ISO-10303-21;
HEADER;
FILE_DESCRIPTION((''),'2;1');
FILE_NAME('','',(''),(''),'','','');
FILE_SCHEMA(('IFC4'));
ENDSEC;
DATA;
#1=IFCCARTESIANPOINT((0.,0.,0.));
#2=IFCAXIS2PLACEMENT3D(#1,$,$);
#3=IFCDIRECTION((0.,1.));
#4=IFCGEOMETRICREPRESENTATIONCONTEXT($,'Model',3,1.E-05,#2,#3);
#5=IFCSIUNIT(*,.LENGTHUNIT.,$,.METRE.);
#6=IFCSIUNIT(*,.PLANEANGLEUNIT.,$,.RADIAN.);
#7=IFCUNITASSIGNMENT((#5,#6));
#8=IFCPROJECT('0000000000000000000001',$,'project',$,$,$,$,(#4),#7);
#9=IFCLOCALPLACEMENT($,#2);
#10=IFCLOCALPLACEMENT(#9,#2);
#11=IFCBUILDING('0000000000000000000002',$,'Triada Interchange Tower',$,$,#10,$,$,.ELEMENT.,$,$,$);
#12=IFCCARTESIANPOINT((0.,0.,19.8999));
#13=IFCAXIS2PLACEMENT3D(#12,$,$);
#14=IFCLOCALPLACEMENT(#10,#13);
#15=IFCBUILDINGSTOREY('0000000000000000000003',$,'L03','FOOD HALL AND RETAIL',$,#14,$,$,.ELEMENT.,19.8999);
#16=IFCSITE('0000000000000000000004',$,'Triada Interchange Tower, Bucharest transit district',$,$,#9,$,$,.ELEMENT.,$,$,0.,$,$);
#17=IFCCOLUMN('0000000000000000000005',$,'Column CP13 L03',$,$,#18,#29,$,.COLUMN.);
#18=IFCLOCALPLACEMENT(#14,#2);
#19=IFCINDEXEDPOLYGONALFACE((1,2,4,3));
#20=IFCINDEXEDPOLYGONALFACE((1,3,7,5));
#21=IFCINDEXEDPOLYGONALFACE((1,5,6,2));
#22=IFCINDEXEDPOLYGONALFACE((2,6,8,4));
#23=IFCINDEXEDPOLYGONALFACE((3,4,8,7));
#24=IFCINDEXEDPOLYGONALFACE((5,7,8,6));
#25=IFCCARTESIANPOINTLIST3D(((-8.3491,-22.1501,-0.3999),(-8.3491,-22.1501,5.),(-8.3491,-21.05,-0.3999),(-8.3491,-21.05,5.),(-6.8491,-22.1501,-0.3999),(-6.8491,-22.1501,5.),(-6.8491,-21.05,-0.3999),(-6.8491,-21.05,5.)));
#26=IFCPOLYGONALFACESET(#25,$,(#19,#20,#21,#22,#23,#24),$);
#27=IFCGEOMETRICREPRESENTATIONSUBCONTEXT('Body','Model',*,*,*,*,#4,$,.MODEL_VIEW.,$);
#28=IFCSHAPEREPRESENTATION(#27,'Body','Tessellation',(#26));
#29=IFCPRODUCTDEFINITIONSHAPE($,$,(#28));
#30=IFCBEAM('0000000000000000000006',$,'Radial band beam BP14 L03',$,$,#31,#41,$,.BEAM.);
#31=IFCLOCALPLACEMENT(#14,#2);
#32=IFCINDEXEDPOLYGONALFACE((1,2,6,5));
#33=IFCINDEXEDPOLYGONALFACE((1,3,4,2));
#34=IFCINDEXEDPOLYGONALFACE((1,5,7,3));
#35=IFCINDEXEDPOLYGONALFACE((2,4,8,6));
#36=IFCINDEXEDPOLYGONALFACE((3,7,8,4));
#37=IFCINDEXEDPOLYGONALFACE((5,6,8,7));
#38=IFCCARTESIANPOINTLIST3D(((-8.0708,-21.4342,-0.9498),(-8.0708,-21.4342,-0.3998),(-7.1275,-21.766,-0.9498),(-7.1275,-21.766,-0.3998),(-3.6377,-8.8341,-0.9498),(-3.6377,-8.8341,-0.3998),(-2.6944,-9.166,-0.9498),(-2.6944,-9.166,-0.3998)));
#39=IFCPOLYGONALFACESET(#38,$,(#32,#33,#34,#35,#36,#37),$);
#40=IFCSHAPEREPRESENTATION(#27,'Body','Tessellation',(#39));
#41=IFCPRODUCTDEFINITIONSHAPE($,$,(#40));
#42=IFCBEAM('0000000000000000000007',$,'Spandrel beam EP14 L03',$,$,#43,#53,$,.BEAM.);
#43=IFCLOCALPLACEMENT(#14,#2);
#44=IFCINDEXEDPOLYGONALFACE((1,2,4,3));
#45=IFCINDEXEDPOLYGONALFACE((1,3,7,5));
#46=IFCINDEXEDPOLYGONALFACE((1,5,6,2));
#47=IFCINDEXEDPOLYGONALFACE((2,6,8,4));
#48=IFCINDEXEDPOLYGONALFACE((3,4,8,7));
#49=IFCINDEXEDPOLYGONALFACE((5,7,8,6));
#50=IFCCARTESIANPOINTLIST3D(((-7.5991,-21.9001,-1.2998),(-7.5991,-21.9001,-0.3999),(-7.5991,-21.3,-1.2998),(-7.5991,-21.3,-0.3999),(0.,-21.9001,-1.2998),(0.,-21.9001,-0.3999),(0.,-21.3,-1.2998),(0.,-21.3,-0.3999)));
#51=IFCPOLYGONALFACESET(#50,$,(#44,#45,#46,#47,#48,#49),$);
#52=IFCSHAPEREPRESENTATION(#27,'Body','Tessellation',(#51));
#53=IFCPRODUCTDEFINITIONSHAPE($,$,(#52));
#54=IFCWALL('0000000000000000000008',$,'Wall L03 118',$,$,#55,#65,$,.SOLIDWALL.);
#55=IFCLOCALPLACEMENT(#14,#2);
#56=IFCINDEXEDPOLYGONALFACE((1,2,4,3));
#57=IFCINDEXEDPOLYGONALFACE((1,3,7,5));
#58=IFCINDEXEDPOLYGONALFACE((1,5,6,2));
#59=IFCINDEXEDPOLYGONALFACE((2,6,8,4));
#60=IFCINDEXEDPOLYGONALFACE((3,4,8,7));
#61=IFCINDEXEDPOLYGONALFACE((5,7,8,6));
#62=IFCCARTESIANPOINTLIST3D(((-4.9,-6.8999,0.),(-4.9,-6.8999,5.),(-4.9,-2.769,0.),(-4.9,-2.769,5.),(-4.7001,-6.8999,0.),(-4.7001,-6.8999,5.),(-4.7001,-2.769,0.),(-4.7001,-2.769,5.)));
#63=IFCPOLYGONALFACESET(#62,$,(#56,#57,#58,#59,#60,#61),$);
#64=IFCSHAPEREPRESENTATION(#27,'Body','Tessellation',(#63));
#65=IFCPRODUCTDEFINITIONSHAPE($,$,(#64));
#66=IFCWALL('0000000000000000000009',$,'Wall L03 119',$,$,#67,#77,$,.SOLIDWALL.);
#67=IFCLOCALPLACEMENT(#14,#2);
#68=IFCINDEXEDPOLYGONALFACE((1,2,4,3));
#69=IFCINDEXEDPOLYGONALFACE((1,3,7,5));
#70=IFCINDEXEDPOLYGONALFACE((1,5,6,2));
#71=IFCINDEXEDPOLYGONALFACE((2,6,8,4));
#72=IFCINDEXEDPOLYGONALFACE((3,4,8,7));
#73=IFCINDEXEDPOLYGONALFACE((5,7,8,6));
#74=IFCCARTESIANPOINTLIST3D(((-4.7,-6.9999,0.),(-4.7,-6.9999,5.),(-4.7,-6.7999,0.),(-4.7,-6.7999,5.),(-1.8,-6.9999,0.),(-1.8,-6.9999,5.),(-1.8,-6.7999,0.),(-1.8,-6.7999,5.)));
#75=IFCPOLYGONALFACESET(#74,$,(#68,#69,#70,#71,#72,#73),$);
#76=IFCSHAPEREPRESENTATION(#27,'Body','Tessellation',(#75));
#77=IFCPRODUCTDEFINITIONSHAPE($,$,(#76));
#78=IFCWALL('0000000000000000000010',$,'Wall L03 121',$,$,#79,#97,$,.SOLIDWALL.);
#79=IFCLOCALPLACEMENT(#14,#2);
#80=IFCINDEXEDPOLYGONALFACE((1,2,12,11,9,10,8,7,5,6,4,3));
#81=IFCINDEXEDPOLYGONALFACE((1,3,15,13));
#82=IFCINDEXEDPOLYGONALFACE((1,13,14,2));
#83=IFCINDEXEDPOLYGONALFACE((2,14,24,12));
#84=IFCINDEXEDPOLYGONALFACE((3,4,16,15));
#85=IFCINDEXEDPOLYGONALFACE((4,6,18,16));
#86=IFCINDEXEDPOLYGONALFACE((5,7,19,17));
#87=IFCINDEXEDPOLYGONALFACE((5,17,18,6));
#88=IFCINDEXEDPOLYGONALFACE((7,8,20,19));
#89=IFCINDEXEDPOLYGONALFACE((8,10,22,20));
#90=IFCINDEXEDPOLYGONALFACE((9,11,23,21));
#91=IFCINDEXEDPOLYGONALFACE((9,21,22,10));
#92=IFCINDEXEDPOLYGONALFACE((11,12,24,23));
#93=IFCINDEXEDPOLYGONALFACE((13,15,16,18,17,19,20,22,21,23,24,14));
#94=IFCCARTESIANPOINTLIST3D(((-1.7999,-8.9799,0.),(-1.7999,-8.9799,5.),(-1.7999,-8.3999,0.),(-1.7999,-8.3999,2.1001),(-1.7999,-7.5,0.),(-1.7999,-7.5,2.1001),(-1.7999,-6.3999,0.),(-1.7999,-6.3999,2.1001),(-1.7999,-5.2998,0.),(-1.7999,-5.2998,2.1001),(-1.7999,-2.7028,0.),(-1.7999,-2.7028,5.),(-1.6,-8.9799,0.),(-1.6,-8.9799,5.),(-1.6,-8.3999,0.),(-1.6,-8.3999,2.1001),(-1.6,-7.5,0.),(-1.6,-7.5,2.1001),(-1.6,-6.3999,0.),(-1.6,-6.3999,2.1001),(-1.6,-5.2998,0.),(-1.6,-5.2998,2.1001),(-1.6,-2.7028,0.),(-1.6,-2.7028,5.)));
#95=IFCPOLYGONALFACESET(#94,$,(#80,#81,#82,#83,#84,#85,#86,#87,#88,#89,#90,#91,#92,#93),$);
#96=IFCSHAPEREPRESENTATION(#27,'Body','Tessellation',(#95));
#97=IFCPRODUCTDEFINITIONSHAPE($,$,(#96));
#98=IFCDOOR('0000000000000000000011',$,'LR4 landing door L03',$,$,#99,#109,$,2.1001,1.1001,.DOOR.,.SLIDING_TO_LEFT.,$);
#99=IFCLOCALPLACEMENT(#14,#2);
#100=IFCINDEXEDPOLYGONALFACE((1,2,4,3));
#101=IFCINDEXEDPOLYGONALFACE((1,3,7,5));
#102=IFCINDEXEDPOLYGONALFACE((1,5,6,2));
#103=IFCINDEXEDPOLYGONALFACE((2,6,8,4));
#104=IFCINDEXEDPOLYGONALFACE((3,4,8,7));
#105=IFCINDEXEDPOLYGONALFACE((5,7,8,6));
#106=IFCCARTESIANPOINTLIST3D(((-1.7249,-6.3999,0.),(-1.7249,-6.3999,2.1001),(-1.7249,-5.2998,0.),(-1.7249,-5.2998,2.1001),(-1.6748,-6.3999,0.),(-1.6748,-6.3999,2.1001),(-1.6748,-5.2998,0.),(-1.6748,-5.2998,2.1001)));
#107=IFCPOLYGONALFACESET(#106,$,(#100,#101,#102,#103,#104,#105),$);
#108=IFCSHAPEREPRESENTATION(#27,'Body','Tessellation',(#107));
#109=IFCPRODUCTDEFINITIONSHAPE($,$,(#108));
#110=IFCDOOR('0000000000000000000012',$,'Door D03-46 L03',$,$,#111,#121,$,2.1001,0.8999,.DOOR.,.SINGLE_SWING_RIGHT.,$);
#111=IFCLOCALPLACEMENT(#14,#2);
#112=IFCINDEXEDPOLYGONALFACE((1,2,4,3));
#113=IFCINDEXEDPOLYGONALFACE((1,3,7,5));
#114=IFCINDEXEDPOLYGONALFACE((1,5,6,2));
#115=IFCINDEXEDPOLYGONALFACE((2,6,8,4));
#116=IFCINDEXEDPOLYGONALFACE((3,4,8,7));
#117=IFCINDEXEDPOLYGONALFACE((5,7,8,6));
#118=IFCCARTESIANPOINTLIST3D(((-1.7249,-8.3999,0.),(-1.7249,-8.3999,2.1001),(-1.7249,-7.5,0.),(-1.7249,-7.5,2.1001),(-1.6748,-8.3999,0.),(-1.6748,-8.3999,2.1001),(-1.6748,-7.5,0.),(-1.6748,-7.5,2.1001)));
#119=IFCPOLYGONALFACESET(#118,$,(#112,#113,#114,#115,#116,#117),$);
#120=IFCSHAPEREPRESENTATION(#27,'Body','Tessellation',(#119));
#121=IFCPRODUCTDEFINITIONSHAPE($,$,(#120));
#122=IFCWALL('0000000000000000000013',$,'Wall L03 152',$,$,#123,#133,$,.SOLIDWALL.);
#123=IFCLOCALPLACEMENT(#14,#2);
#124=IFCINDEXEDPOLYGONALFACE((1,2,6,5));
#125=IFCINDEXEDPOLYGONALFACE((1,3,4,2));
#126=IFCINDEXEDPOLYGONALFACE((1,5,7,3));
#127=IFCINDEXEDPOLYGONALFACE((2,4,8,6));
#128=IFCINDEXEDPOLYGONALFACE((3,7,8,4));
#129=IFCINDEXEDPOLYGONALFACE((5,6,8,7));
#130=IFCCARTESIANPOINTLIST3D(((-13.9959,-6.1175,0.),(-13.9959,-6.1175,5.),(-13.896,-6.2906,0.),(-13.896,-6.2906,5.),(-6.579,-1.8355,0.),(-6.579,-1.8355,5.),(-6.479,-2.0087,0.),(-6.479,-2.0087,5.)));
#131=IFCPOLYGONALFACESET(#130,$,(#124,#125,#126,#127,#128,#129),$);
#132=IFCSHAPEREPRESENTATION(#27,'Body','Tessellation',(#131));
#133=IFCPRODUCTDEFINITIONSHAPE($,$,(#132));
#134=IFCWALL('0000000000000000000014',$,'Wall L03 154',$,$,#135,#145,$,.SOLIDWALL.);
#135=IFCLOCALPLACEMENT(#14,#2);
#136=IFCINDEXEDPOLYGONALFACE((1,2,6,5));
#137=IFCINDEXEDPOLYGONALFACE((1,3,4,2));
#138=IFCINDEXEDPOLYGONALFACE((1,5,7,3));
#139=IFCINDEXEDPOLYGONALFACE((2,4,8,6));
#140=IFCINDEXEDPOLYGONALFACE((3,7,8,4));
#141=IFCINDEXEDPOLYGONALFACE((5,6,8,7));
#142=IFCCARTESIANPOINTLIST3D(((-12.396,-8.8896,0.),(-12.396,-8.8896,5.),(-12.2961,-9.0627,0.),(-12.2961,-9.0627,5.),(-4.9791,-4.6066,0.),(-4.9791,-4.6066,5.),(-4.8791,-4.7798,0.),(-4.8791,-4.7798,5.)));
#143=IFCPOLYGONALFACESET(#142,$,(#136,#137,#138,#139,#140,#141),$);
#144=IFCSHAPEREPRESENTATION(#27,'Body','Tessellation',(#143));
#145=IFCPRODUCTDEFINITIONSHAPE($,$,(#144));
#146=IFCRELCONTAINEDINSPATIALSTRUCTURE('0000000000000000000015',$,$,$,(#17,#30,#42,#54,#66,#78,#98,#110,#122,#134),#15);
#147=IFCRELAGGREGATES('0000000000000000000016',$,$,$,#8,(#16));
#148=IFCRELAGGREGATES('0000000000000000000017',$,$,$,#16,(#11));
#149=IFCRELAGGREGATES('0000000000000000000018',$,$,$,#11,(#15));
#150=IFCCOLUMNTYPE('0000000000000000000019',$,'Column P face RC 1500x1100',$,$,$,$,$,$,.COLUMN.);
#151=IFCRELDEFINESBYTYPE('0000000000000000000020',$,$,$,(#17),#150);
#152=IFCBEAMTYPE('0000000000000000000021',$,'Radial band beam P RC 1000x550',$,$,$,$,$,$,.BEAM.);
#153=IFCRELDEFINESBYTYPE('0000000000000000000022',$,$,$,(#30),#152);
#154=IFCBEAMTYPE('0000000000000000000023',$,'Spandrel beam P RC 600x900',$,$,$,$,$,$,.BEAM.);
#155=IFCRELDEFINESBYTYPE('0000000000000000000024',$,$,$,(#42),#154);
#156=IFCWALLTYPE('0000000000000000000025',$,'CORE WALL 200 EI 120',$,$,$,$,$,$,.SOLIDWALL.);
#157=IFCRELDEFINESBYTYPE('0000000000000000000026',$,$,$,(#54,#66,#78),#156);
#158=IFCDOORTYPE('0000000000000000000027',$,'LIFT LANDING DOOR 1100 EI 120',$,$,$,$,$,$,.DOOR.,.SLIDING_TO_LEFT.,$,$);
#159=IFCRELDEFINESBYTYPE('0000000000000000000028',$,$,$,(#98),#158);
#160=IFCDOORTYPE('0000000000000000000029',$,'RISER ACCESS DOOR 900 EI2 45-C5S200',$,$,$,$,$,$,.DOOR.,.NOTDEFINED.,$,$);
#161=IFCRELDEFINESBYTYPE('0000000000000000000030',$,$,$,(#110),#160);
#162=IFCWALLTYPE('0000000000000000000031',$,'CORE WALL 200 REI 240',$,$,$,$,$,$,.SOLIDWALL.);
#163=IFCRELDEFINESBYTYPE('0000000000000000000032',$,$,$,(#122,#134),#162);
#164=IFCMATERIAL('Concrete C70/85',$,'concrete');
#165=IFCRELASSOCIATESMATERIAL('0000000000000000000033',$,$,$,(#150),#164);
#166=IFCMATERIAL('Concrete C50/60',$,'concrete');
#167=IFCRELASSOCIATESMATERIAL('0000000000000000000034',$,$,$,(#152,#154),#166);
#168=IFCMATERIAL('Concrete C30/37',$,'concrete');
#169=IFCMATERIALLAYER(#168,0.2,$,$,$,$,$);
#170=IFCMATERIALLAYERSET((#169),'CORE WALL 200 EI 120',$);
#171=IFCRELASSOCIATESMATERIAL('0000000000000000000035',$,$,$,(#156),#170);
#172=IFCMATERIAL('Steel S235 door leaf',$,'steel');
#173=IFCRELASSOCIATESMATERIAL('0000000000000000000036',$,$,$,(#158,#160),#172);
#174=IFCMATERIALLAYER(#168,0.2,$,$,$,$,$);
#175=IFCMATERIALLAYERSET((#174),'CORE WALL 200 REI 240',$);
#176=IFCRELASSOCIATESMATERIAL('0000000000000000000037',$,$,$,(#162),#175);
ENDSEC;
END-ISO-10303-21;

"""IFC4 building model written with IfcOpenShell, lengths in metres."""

from ifc_helpers import new_model, si_unit, direction, frame, frame_2d, origin, origin_2d, place, context, subcontext, project, spatial, rectangle, extrude, material, layer, layer_set, material_profile, profile_set, type_object, element, fill, save


model = new_model("IFC4")

# Units and contexts
model_context = context("Model", 3, precision=1e-05, world=origin(), true_north=direction((0.0, 1.0)))
body_context = subcontext(model_context, "Body", "Model", "MODEL_VIEW")
ifc_project = project(units=[si_unit("LENGTHUNIT", "METRE"), si_unit("PLANEANGLEUNIT", "RADIAN")], contexts=[model_context])

# Site, building, storey
site_placement = place(None, origin())
site = spatial("IfcSite", under=ifc_project, at=site_placement, Name="Triada Interchange Tower, Bucharest transit district", CompositionType="ELEMENT", RefElevation=0.0)
building_placement = place(site_placement, origin())
building = spatial("IfcBuilding", under=site, at=building_placement, Name="Triada Interchange Tower", CompositionType="ELEMENT")
storey_placement = place(building_placement, frame((0.0, 0.0, 19.8999)))
storey = spatial("IfcBuildingStorey", under=building, at=storey_placement, Name="L03", Description="FOOD HALL AND RETAIL", CompositionType="ELEMENT", Elevation=19.8999)

# Column
ifc_material_1 = material(Name="Concrete C70/85", Category="concrete")
ifc_material_profile_1 = material_profile(ifc_material_1, rectangle(XDim=1.5, YDim=1.1001, at=origin_2d()), Name="RC 1500x1100")
ifc_profile_set_1 = profile_set([ifc_material_profile_1], Name="Concrete C70/85")
column_type = type_object("IfcColumnType", Name="Column P face RC 1500x1100", PredefinedType="COLUMN", material=ifc_profile_set_1)
column_placement = place(storey_placement, frame((-7.5991, -21.6001, -0.3999), z_axis=(0.0, 0.0, 1.0), x_axis=(1.0, 0.0, 0.0)))
element("IfcColumn", 1, at=column_placement, inside=storey, type_object=column_type, Name="Column CP13 L03", PredefinedType="COLUMN", context=body_context, shape_type="SweptSolid", body=[
    extrude(rectangle(XDim=1.5, YDim=1.1001, at=origin_2d()), origin(), (0.0, 0.0, 1.0), 5.3999),
])

# Beams
ifc_material_2 = material(Name="Concrete C50/60", Category="concrete")
ifc_material_profile_2 = material_profile(ifc_material_2, rectangle(XDim=1.0, YDim=0.55, at=origin_2d()), Name="RC 1000x550")
ifc_profile_set_2 = profile_set([ifc_material_profile_2], Name="Concrete C50/60")
beam_type_1 = type_object("IfcBeamType", Name="Radial band beam P RC 1000x550", PredefinedType="BEAM", material=ifc_profile_set_2)
beam_1_placement = place(storey_placement, frame((-7.5991, -21.6001, -0.6748), z_axis=(0.331889, 0.943319, 0.0), x_axis=(-0.943319, 0.331889, 0.0)))
element("IfcBeam", 2, at=beam_1_placement, inside=storey, type_object=beam_type_1, Name="Radial band beam BP14 L03", PredefinedType="BEAM", context=body_context, shape_type="SweptSolid", body=[
    extrude(rectangle(XDim=1.0, YDim=0.55, at=origin_2d()), origin(), (0.0, 0.0, 1.0), 13.3572),
])
ifc_material_profile_3 = material_profile(ifc_material_2, rectangle(XDim=0.6001, YDim=0.8999, at=origin_2d()), Name="RC 600x900")
ifc_profile_set_3 = profile_set([ifc_material_profile_3], Name="Concrete C50/60")
beam_type_2 = type_object("IfcBeamType", Name="Spandrel beam P RC 600x900", PredefinedType="BEAM", material=ifc_profile_set_3)
beam_2_placement = place(storey_placement, frame((-7.5991, -21.6001, -0.8499), z_axis=(1.0, 0.0, 0.0), x_axis=(0.0, 1.0, 0.0)))
element("IfcBeam", 3, at=beam_2_placement, inside=storey, type_object=beam_type_2, Name="Spandrel beam EP14 L03", PredefinedType="BEAM", context=body_context, shape_type="SweptSolid", body=[
    extrude(rectangle(XDim=0.6001, YDim=0.8999, at=origin_2d()), origin(), (0.0, 0.0, 1.0), 7.5991),
])

# Walls
ifc_material_3 = material(Name="Concrete C30/37", Category="concrete")
ifc_layer_1 = layer(ifc_material_3, 0.2)
ifc_layer_set_1 = layer_set([ifc_layer_1], Name="CORE WALL 200 EI 120")
wall_type_1 = type_object("IfcWallType", Name="CORE WALL 200 EI 120", PredefinedType="SOLIDWALL", material=ifc_layer_set_1)
wall_1_placement = place(storey_placement, frame((-4.8, -6.8999, 0.0), z_axis=(0.0, 0.0, 1.0), x_axis=(0.0, 1.0, 0.0)))
element("IfcWall", 4, at=wall_1_placement, inside=storey, type_object=wall_type_1, Name="Wall L03 118", PredefinedType="SOLIDWALL", context=body_context, shape_type="SweptSolid", body=[
    extrude(rectangle(XDim=4.1309, YDim=0.2, at=frame_2d((2.0654, 0.0))), origin(), (0.0, 0.0, 1.0), 5.0),
])
wall_2_placement = place(storey_placement, frame((-4.7, -6.8999, 0.0), z_axis=(0.0, 0.0, 1.0), x_axis=(1.0, 0.0, 0.0)))
element("IfcWall", 5, at=wall_2_placement, inside=storey, type_object=wall_type_1, Name="Wall L03 119", PredefinedType="SOLIDWALL", context=body_context, shape_type="SweptSolid", body=[
    extrude(rectangle(XDim=2.8999, YDim=0.2, at=frame_2d((1.45, 0.0))), origin(), (0.0, 0.0, 1.0), 5.0),
])

# Wall, openings, doors
wall_3_placement = place(storey_placement, frame((-1.7, -8.98, 0.0), z_axis=(0.0, 0.0, 1.0), x_axis=(0.0, 1.0, 0.0)))
wall_3 = element("IfcWall", 6, at=wall_3_placement, inside=storey, type_object=wall_type_1, Name="Wall L03 121", PredefinedType="SOLIDWALL", context=body_context, shape_type="SweptSolid", body=[
    extrude(rectangle(XDim=6.2771, YDim=0.2, at=frame_2d((3.1387, 0.0))), origin(), (0.0, 0.0, 1.0), 5.0),
])
opening_1_placement = place(wall_3_placement, frame((2.5801, 0.0, 0.0)))
opening_1 = element("IfcOpeningElement", 7, at=opening_1_placement, cuts=wall_3, PredefinedType="OPENING", context=body_context, shape_type="SweptSolid", body=[
    extrude(rectangle(XDim=1.1001, YDim=2.1001, at=frame_2d((0.55, 1.05))), frame((0.0, 0.1099, 0.0), z_axis=(0.0, -1.0, 0.0), x_axis=(1.0, 0.0, 0.0)), (0.0, 0.0, 1.0), 0.22),
])
opening_2_placement = place(wall_3_placement, frame((0.5801, 0.0, 0.0)))
opening_2 = element("IfcOpeningElement", 8, at=opening_2_placement, cuts=wall_3, PredefinedType="OPENING", context=body_context, shape_type="SweptSolid", body=[
    extrude(rectangle(XDim=0.8999, YDim=2.1001, at=frame_2d((0.45, 1.05))), frame((0.0, 0.1099, 0.0), z_axis=(0.0, -1.0, 0.0), x_axis=(1.0, 0.0, 0.0)), (0.0, 0.0, 1.0), 0.22),
])
ifc_material_4 = material(Name="Steel S235 door leaf", Category="steel")
door_type_1 = type_object("IfcDoorType", Name="LIFT LANDING DOOR 1100 EI 120", OperationType="SLIDING_TO_LEFT", PredefinedType="DOOR", material=ifc_material_4)
door_1_placement = place(opening_1_placement, origin())
door_1 = element("IfcDoor", 9, at=door_1_placement, inside=storey, type_object=door_type_1, Name="LR4 landing door L03", OperationType="SLIDING_TO_LEFT", OverallHeight=2.1001, OverallWidth=1.1001, PredefinedType="DOOR", context=body_context, shape_type="SweptSolid", body=[
    extrude(rectangle(XDim=1.1001, YDim=2.1001, at=frame_2d((0.55, 1.05))), frame((0.0, 0.0249, 0.0), z_axis=(0.0, -1.0, 0.0), x_axis=(1.0, 0.0, 0.0)), (0.0, 0.0, 1.0), 0.05),
])
fill(opening_1, door_1)
door_type_2 = type_object("IfcDoorType", Name="RISER ACCESS DOOR 900 EI2 45-C5S200", OperationType="NOTDEFINED", PredefinedType="DOOR", material=ifc_material_4)
door_2_placement = place(opening_2_placement, origin())
door_2 = element("IfcDoor", 10, at=door_2_placement, inside=storey, type_object=door_type_2, Name="Door D03-46 L03", OperationType="SINGLE_SWING_RIGHT", OverallHeight=2.1001, OverallWidth=0.8999, PredefinedType="DOOR", context=body_context, shape_type="SweptSolid", body=[
    extrude(rectangle(XDim=0.8999, YDim=2.1001, at=frame_2d((0.45, 1.05))), frame((0.0, 0.0249, 0.0), z_axis=(0.0, -1.0, 0.0), x_axis=(1.0, 0.0, 0.0)), (0.0, 0.0, 1.0), 0.05),
])
fill(opening_2, door_2)

# Walls
ifc_layer_2 = layer(ifc_material_3, 0.2)
ifc_layer_set_2 = layer_set([ifc_layer_2], Name="CORE WALL 200 REI 240")
wall_type_2 = type_object("IfcWallType", Name="CORE WALL 200 REI 240", PredefinedType="SOLIDWALL", material=ifc_layer_set_2)
wall_4_placement = place(storey_placement, frame((-13.946, -6.2041, 0.0), z_axis=(0.0, 0.0, 1.0), x_axis=(0.866037, 0.499981, 0.0)))
element("IfcWall", 11, at=wall_4_placement, inside=storey, type_object=wall_type_2, Name="Wall L03 152", PredefinedType="SOLIDWALL", context=body_context, shape_type="SweptSolid", body=[
    extrude(rectangle(XDim=8.5642, YDim=0.2, at=frame_2d((4.2822, 0.0))), origin(), (0.0, 0.0, 1.0), 5.0),
])
wall_5_placement = place(storey_placement, frame((-12.3459, -8.9761, 0.0), z_axis=(0.0, 0.0, 1.0), x_axis=(0.865987, 0.500066, 0.0)))
element("IfcWall", 12, at=wall_5_placement, inside=storey, type_object=wall_type_2, Name="Wall L03 154", PredefinedType="SOLIDWALL", context=body_context, shape_type="SweptSolid", body=[
    extrude(rectangle(XDim=8.5647, YDim=0.2, at=frame_2d((4.2822, 0.0))), origin(), (0.0, 0.0, 1.0), 5.0),
])

save(model, "model.ifc")
